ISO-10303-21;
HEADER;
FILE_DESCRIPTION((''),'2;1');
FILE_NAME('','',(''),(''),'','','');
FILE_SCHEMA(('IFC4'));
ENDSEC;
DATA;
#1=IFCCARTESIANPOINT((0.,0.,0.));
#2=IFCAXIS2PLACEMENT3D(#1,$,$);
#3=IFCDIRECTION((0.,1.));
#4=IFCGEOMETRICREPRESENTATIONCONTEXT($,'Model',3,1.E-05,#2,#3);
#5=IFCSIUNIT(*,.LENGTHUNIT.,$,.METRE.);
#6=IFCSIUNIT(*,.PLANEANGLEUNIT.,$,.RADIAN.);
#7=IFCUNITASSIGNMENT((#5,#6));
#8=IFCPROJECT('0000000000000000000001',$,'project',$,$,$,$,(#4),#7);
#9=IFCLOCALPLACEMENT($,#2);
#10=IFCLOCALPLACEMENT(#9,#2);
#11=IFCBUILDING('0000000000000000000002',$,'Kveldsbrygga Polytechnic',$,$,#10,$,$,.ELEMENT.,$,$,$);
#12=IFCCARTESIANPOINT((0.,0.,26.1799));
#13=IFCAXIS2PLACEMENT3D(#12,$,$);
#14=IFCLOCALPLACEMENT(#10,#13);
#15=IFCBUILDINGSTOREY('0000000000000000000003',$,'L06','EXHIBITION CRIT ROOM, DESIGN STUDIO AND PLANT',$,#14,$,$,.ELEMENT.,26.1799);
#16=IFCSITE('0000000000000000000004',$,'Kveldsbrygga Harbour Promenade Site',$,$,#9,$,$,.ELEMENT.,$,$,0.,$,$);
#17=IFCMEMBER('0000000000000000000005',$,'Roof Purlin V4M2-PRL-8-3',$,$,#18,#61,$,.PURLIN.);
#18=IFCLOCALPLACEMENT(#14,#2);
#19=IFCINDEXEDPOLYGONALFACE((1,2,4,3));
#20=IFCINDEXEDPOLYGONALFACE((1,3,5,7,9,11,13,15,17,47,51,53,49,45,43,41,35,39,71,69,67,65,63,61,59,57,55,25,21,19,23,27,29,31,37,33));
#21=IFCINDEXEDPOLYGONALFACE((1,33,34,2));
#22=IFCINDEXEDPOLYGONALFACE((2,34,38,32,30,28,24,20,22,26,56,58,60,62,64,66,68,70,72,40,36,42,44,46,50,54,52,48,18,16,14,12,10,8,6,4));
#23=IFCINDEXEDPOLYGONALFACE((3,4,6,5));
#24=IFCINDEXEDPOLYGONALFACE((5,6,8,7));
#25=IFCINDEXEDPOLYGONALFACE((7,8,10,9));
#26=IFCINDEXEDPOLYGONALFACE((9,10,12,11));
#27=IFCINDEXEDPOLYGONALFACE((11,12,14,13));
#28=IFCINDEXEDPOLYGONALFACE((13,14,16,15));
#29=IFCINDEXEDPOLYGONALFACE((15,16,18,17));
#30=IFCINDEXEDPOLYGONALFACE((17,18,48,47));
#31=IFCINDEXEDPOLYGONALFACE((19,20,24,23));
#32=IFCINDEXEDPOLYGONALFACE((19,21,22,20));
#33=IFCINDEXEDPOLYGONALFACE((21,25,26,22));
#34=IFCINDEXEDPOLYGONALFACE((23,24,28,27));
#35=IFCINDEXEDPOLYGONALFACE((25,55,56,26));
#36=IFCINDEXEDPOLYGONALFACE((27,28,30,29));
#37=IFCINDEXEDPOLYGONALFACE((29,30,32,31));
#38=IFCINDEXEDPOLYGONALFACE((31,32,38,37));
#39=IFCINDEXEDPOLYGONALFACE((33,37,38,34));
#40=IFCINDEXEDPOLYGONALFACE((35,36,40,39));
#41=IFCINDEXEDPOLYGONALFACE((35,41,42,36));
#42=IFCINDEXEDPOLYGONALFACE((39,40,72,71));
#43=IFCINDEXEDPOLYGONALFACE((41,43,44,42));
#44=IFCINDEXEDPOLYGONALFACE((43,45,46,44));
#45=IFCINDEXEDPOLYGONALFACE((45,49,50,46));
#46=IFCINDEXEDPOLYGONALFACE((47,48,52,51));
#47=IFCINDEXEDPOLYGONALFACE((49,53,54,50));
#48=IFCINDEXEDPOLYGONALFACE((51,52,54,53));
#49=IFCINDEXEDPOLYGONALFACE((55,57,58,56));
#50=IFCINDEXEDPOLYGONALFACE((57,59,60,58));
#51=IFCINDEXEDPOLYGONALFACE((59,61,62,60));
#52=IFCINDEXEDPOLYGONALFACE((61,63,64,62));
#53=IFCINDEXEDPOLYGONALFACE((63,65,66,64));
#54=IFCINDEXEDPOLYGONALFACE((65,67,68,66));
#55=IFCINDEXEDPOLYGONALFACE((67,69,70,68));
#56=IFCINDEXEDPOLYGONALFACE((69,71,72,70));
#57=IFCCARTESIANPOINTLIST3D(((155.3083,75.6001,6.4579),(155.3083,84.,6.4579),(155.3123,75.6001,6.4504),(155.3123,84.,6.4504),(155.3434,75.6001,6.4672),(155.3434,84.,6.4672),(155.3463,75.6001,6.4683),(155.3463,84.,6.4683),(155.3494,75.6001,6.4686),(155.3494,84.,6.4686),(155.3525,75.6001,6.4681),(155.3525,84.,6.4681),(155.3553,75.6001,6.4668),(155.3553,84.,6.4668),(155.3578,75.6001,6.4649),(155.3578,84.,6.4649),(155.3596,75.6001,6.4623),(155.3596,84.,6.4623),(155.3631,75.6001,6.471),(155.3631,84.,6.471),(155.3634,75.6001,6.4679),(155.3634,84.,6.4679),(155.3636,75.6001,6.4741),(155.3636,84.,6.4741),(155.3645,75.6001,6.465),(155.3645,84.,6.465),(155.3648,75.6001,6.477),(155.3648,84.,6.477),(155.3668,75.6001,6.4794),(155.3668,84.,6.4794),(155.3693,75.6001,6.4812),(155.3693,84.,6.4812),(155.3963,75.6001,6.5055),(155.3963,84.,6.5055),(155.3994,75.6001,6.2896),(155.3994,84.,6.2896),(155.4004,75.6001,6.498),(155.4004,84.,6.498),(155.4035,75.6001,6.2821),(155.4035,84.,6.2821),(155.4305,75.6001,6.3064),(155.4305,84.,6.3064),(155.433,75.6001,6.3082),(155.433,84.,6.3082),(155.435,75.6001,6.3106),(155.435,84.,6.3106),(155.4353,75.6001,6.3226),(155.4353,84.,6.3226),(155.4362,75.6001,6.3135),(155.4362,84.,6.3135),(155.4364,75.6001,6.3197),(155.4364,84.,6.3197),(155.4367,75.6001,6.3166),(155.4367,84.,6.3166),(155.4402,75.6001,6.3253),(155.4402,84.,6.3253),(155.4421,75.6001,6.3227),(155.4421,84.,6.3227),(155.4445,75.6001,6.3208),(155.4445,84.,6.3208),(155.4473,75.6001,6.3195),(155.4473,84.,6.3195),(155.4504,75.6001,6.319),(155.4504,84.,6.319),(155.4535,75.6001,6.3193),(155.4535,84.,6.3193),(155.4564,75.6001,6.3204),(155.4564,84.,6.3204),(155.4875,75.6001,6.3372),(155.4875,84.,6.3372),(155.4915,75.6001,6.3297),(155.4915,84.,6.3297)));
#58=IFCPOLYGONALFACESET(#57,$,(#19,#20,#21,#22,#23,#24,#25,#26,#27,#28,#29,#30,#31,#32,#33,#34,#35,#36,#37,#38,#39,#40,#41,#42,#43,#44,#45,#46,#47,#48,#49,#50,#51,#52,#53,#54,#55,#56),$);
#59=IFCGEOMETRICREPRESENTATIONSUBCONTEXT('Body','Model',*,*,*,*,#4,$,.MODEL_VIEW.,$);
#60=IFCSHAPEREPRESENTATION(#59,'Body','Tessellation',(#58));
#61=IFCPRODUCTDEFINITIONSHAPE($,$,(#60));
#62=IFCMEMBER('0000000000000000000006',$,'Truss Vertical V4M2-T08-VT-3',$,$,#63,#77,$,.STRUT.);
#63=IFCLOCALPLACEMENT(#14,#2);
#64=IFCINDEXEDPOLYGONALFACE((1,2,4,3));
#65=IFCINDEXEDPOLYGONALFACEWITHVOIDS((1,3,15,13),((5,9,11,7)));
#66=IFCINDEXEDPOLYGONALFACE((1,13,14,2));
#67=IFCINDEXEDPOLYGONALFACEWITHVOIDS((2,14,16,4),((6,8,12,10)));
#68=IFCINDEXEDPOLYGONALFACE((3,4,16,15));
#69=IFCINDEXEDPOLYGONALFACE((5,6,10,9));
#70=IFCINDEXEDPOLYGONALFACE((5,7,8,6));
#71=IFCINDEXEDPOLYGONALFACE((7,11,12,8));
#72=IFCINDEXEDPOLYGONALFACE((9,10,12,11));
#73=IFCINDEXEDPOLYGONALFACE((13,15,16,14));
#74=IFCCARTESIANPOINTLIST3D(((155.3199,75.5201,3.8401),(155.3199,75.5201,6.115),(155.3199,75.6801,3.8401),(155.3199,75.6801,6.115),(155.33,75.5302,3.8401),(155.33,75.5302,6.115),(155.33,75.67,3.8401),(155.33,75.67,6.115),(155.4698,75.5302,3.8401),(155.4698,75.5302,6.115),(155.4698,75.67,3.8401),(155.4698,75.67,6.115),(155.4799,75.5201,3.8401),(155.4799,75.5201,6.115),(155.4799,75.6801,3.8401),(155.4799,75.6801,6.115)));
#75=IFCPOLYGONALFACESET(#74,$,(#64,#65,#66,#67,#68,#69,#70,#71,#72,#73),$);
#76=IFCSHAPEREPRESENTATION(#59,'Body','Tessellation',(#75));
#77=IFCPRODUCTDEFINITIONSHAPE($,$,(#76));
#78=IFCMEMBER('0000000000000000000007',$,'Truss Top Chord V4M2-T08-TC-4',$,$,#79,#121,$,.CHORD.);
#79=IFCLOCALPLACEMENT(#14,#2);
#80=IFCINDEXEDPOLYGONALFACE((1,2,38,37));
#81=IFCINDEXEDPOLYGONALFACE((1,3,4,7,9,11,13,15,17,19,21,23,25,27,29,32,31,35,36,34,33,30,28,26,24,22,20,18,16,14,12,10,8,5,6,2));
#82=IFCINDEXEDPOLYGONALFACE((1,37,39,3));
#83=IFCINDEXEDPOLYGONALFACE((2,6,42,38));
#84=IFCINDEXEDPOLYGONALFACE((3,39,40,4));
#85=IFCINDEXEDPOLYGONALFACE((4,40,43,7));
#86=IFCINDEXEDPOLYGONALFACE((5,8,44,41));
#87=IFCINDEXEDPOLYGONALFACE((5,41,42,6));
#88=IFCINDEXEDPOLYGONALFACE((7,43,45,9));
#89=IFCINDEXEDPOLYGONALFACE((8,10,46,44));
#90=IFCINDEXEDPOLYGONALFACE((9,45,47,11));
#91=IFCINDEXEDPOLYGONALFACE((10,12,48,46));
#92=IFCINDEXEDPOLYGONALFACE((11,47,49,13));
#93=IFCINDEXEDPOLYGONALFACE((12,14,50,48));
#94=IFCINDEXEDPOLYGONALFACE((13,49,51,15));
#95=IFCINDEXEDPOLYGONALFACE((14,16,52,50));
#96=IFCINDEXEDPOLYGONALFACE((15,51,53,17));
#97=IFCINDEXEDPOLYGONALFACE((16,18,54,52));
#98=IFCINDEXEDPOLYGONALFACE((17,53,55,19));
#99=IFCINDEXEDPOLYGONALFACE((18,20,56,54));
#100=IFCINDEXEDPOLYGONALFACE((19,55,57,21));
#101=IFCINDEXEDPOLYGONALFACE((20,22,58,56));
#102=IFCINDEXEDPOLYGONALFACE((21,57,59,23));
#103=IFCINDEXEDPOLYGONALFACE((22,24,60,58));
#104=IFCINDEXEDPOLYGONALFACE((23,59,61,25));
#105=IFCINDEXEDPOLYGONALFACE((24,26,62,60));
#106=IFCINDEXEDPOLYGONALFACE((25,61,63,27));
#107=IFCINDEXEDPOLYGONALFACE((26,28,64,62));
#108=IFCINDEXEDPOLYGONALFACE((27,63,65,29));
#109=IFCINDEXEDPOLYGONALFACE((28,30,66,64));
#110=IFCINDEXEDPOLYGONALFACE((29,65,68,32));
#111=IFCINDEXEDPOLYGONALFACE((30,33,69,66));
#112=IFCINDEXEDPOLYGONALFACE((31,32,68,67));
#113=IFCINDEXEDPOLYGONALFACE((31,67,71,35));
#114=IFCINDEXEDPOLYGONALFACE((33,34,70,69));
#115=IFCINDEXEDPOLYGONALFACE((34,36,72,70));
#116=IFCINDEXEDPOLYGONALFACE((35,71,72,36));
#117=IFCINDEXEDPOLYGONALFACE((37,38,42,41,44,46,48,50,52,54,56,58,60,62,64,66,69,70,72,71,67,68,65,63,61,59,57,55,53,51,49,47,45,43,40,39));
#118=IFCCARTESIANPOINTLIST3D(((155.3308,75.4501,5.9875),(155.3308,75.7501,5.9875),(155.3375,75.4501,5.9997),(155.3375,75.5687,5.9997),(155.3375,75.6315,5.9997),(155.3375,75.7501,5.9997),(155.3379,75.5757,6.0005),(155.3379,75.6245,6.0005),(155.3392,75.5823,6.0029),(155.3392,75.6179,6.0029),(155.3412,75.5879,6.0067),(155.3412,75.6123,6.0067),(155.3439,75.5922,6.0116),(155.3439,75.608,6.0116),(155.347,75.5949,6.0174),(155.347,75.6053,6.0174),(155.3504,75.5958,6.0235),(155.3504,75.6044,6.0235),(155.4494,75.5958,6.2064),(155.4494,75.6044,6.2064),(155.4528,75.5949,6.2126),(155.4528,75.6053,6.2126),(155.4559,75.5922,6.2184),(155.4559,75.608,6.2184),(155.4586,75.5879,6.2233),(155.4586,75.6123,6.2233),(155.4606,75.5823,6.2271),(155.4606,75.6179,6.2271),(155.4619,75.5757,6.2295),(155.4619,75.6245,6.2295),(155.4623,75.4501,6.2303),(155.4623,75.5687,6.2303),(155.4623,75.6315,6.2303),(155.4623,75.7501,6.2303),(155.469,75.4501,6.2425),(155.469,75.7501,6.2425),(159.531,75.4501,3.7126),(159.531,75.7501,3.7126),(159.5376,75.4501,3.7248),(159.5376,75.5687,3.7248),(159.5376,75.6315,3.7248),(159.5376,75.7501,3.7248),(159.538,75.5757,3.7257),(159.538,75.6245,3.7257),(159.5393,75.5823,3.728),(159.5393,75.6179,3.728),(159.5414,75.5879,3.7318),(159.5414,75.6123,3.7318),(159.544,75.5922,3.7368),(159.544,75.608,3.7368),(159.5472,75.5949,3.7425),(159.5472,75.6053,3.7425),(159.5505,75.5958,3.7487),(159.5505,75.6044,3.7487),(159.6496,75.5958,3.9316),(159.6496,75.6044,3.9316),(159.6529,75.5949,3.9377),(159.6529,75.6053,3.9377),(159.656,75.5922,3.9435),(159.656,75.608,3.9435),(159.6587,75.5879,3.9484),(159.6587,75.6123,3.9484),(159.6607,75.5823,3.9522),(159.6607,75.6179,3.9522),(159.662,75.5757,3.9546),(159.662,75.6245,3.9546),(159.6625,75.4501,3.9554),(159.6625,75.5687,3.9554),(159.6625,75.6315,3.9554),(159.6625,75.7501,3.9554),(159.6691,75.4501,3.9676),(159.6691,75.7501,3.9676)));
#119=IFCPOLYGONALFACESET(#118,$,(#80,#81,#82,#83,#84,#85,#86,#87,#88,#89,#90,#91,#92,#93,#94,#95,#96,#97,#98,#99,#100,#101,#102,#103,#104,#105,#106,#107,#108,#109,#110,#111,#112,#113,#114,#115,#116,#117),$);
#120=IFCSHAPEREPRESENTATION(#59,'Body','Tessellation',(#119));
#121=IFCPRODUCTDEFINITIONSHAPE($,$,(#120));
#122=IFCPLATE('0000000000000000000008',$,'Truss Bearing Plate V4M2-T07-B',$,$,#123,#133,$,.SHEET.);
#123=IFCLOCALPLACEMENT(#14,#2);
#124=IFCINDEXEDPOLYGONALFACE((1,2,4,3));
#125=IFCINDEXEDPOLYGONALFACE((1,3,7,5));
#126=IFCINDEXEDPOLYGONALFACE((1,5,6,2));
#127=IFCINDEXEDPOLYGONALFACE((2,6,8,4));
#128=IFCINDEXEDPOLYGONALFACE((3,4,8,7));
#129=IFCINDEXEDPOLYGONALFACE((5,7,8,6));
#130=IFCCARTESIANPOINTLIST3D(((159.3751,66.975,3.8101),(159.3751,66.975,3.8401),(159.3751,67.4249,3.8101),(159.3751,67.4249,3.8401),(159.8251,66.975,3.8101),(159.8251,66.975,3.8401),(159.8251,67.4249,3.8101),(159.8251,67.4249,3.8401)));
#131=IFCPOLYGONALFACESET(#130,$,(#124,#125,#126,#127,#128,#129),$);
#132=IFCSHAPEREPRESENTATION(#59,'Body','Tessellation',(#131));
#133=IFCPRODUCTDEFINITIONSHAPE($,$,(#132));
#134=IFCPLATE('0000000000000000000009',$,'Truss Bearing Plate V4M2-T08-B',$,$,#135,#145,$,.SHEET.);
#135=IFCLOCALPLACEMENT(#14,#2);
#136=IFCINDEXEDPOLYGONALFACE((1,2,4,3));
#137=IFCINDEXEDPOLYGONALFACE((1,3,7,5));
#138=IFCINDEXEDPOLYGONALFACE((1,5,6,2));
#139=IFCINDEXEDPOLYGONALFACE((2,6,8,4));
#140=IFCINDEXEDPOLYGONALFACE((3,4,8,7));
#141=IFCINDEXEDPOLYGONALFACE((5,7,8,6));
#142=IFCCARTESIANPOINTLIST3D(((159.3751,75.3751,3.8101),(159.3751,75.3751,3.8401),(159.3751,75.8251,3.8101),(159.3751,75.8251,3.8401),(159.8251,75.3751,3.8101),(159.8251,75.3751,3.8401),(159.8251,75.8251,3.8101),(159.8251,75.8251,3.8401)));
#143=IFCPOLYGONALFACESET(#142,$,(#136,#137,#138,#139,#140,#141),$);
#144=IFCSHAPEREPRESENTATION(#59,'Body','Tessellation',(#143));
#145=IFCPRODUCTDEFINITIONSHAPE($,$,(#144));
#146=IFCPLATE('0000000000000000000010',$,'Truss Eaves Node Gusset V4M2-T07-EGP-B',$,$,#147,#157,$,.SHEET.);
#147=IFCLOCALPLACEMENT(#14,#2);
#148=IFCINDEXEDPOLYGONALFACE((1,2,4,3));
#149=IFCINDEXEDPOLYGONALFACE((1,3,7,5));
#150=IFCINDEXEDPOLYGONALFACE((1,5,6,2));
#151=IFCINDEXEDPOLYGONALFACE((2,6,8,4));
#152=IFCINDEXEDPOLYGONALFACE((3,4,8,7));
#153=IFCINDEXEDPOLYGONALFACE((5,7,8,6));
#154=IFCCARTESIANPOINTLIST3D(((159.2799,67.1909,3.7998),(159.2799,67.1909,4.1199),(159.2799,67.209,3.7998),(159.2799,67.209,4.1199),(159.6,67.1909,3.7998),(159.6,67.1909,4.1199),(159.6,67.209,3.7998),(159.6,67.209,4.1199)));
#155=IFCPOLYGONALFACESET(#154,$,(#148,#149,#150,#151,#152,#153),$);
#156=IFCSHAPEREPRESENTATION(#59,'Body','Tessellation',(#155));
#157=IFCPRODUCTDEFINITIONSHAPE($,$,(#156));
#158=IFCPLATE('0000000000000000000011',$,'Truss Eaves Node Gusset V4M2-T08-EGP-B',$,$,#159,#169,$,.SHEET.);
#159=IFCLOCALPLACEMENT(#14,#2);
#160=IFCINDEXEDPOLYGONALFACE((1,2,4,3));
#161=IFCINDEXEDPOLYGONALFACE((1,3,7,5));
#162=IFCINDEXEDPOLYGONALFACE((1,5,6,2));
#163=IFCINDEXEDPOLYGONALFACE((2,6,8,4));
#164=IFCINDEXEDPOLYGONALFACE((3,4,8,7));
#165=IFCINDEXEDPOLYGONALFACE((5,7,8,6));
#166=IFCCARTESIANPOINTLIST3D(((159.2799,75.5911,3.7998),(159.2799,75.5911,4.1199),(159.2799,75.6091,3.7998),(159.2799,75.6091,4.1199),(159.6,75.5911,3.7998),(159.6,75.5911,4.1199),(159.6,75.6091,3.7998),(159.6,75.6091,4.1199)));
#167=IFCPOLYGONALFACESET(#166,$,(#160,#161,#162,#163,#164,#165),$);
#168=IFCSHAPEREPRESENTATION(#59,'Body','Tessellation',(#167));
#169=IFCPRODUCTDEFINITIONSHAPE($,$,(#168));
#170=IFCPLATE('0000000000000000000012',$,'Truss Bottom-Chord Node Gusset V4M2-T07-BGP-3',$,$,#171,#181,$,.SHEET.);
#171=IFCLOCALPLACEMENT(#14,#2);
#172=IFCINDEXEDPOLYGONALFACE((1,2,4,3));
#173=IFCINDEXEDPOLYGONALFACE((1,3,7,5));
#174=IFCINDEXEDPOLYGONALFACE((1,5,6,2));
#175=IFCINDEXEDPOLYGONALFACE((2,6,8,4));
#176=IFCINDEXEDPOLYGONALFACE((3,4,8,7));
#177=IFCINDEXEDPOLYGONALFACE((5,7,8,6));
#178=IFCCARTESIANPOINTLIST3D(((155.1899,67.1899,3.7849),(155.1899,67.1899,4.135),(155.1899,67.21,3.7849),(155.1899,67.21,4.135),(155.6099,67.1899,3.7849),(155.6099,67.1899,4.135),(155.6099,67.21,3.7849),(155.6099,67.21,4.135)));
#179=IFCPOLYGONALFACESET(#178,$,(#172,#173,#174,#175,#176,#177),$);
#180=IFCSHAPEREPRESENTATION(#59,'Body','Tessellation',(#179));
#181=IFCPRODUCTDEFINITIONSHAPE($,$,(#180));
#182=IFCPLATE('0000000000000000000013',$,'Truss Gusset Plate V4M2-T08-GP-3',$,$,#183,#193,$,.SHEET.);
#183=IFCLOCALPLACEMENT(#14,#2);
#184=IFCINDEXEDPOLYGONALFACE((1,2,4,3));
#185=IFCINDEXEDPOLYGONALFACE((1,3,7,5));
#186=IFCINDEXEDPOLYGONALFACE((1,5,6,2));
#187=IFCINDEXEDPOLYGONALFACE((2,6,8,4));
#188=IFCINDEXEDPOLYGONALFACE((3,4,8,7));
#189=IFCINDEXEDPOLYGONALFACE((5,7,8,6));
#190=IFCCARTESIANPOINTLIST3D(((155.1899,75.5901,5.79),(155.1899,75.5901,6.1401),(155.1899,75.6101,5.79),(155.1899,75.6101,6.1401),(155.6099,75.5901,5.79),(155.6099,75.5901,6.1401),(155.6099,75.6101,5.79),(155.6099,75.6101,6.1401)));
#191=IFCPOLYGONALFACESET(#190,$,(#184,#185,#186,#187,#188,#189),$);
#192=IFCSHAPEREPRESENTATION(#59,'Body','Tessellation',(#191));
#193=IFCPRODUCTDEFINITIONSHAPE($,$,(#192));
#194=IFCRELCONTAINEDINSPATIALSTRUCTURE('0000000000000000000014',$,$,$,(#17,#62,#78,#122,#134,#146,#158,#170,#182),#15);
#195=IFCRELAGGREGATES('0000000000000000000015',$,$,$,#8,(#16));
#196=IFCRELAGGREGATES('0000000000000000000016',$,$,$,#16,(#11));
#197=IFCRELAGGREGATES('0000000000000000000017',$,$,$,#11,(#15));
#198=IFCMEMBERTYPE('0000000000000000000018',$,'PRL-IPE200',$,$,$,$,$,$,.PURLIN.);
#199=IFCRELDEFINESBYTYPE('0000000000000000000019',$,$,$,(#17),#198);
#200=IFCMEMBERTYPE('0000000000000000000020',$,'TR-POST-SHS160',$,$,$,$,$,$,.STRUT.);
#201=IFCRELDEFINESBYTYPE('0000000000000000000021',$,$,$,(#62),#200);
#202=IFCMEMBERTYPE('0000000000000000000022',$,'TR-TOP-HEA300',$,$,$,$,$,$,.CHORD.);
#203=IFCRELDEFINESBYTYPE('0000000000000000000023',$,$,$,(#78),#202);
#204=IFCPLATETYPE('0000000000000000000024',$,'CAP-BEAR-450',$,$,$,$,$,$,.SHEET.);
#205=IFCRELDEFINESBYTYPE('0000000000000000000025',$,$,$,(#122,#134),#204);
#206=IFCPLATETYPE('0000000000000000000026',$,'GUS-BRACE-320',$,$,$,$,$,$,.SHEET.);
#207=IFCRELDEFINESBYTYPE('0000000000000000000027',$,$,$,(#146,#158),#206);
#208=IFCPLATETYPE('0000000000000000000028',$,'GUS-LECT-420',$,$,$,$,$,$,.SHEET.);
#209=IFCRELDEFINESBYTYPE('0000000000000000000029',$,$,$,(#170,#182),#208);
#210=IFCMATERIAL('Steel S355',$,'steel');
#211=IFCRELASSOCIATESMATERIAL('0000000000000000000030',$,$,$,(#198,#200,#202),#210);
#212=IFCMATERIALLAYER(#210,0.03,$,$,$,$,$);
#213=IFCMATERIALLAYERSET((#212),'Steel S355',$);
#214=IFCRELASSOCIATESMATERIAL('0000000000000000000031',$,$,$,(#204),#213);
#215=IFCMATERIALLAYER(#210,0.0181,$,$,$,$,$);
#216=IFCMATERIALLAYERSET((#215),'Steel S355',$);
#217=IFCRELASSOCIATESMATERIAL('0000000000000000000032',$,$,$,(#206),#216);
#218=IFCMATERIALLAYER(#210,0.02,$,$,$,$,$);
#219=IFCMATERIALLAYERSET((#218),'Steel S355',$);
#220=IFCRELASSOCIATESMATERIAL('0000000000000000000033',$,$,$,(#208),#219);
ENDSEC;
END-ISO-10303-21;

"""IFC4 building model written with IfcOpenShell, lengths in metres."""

from ifc_helpers import new_model, si_unit, direction, frame, origin, origin_2d, place, context, subcontext, project, spatial, rectangle, hollow_rectangle, i_section, extrude, material, layer, layer_set, material_profile, profile_set, type_object, element, save


model = new_model("IFC4")

# Units and contexts
model_context = context("Model", 3, precision=1e-05, world=origin(), true_north=direction((0.0, 1.0)))
body_context = subcontext(model_context, "Body", "Model", "MODEL_VIEW")
ifc_project = project(units=[si_unit("LENGTHUNIT", "METRE"), si_unit("PLANEANGLEUNIT", "RADIAN")], contexts=[model_context])

# Site, building, storey
site_placement = place(None, origin())
site = spatial("IfcSite", under=ifc_project, at=site_placement, Name="Kveldsbrygga Harbour Promenade Site", CompositionType="ELEMENT", RefElevation=0.0)
building_placement = place(site_placement, origin())
building = spatial("IfcBuilding", under=site, at=building_placement, Name="Kveldsbrygga Polytechnic", CompositionType="ELEMENT")
storey_placement = place(building_placement, frame((0.0, 0.0, 26.1799)))
storey = spatial("IfcBuildingStorey", under=building, at=storey_placement, Name="L06", Description="EXHIBITION CRIT ROOM, DESIGN STUDIO AND PLANT", CompositionType="ELEMENT", Elevation=26.1799)

# Shared definitions
ifc_material_1 = material(Name="Steel S355", Category="steel")

# Members
ifc_material_profile_1 = material_profile(ifc_material_1, i_section(OverallWidth=0.1001, OverallDepth=0.2, WebThickness=0.0056, FlangeThickness=0.0085, FilletRadius=0.012, at=origin_2d()), Name="IPE 200")
ifc_profile_set_1 = profile_set([ifc_material_profile_1], Name="Steel S355")
member_type_1 = type_object("IfcMemberType", Name="PRL-IPE200", PredefinedType="PURLIN", material=ifc_profile_set_1)
member_1_placement = place(storey_placement, frame((155.3999, 75.6001, 6.3938), z_axis=(0.0, 1.0, 0.0), x_axis=(-0.879292, 0.0, -0.476283)))
element("IfcMember", 1, at=member_1_placement, inside=storey, type_object=member_type_1, Name="Roof Purlin V4M2-PRL-8-3", PredefinedType="PURLIN", context=body_context, shape_type="SweptSolid", body=[
    extrude(i_section(OverallWidth=0.1001, OverallDepth=0.2, WebThickness=0.0056, FlangeThickness=0.0085, FilletRadius=0.012, at=origin_2d()), origin(), (0.0, 0.0, 1.0), 8.3999),
])
ifc_material_profile_2 = material_profile(ifc_material_1, hollow_rectangle(XDim=0.1599, YDim=0.1599, WallThickness=0.01, at=origin_2d()), Name="SHS 160x160x10.0")
ifc_profile_set_2 = profile_set([ifc_material_profile_2], Name="Steel S355")
member_type_2 = type_object("IfcMemberType", Name="TR-POST-SHS160", PredefinedType="STRUT", material=ifc_profile_set_2)
member_2_placement = place(storey_placement, frame((155.3999, 75.6001, 3.8401), z_axis=(0.0, 0.0, 1.0), x_axis=(1.0, 0.0, 0.0)))
element("IfcMember", 2, at=member_2_placement, inside=storey, type_object=member_type_2, Name="Truss Vertical V4M2-T08-VT-3", PredefinedType="STRUT", context=body_context, shape_type="SweptSolid", body=[
    extrude(hollow_rectangle(XDim=0.1599, YDim=0.1599, WallThickness=0.01, at=origin_2d()), origin(), (0.0, 0.0, 1.0), 2.2749),
])
ifc_material_profile_3 = material_profile(ifc_material_1, i_section(OverallWidth=0.3, OverallDepth=0.29, WebThickness=0.0085, FlangeThickness=0.0139, FilletRadius=0.0271, at=origin_2d()), Name="HEA 300")
ifc_profile_set_3 = profile_set([ifc_material_profile_3], Name="Steel S355")
member_type_3 = type_object("IfcMemberType", Name="TR-TOP-HEA300", PredefinedType="CHORD", material=ifc_profile_set_3)
member_3_placement = place(storey_placement, frame((155.3999, 75.6001, 6.115), z_axis=(0.87931, 0.0, -0.47625), x_axis=(0.0, 1.0, 0.0)))
element("IfcMember", 3, at=member_3_placement, inside=storey, type_object=member_type_3, Name="Truss Top Chord V4M2-T08-TC-4", PredefinedType="CHORD", context=body_context, shape_type="SweptSolid", body=[
    extrude(i_section(OverallWidth=0.3, OverallDepth=0.29, WebThickness=0.0085, FlangeThickness=0.0139, FilletRadius=0.0271, at=origin_2d()), origin(), (0.0, 0.0, 1.0), 4.7766),
])

# Plates
ifc_layer_1 = layer(ifc_material_1, 0.03)
ifc_layer_set_1 = layer_set([ifc_layer_1], Name="Steel S355")
plate_type_1 = type_object("IfcPlateType", Name="CAP-BEAR-450", PredefinedType="SHEET", material=ifc_layer_set_1)
for number, where, z_axis, x_axis, name in (
    (4, (159.6001, 67.2, 3.8101), (0.0, 0.0, 1.0), (1.0, 0.0, 0.0), "Truss Bearing Plate V4M2-T07-B"),
    (5, (159.6001, 75.6001, 3.8101), (0.0, 0.0, 1.0), (1.0, 0.0, 0.0), "Truss Bearing Plate V4M2-T08-B"),
):
    element("IfcPlate", number, at=place(storey_placement, frame(where, z_axis=z_axis, x_axis=x_axis)), inside=storey, type_object=plate_type_1, Name=name, PredefinedType="SHEET", context=body_context, shape_type="SweptSolid", body=[
        extrude(rectangle(XDim=0.45, YDim=0.45, at=origin_2d()), origin(), (0.0, 0.0, 1.0), 0.03),
    ])
ifc_layer_2 = layer(ifc_material_1, 0.0181)
ifc_layer_set_2 = layer_set([ifc_layer_2], Name="Steel S355")
plate_type_2 = type_object("IfcPlateType", Name="GUS-BRACE-320", PredefinedType="SHEET", material=ifc_layer_set_2)
for number, where, z_axis, x_axis, name in (
    (6, (159.4399, 67.2, 3.7998), (0.0, 0.0, 1.0), (1.0, 0.0, 0.0), "Truss Eaves Node Gusset V4M2-T07-EGP-B"),
    (7, (159.4399, 75.6001, 3.7998), (0.0, 0.0, 1.0), (1.0, 0.0, 0.0), "Truss Eaves Node Gusset V4M2-T08-EGP-B"),
):
    element("IfcPlate", number, at=place(storey_placement, frame(where, z_axis=z_axis, x_axis=x_axis)), inside=storey, type_object=plate_type_2, Name=name, PredefinedType="SHEET", context=body_context, shape_type="SweptSolid", body=[
        extrude(rectangle(XDim=0.3201, YDim=0.0181, at=origin_2d()), origin(), (0.0, 0.0, 1.0), 0.3201),
    ])
ifc_layer_3 = layer(ifc_material_1, 0.02)
ifc_layer_set_3 = layer_set([ifc_layer_3], Name="Steel S355")
plate_type_3 = type_object("IfcPlateType", Name="GUS-LECT-420", PredefinedType="SHEET", material=ifc_layer_set_3)
for number, where, z_axis, x_axis, name in (
    (8, (155.3999, 67.2, 3.7849), (0.0, 0.0, 1.0), (1.0, 0.0, 0.0), "Truss Bottom-Chord Node Gusset V4M2-T07-BGP-3"),
    (9, (155.3999, 75.6001, 5.79), (0.0, 0.0, 1.0), (1.0, 0.0, 0.0), "Truss Gusset Plate V4M2-T08-GP-3"),
):
    element("IfcPlate", number, at=place(storey_placement, frame(where, z_axis=z_axis, x_axis=x_axis)), inside=storey, type_object=plate_type_3, Name=name, PredefinedType="SHEET", context=body_context, shape_type="SweptSolid", body=[
        extrude(rectangle(XDim=0.4199, YDim=0.02, at=origin_2d()), origin(), (0.0, 0.0, 1.0), 0.3501),
    ])

save(model, "model.ifc")
